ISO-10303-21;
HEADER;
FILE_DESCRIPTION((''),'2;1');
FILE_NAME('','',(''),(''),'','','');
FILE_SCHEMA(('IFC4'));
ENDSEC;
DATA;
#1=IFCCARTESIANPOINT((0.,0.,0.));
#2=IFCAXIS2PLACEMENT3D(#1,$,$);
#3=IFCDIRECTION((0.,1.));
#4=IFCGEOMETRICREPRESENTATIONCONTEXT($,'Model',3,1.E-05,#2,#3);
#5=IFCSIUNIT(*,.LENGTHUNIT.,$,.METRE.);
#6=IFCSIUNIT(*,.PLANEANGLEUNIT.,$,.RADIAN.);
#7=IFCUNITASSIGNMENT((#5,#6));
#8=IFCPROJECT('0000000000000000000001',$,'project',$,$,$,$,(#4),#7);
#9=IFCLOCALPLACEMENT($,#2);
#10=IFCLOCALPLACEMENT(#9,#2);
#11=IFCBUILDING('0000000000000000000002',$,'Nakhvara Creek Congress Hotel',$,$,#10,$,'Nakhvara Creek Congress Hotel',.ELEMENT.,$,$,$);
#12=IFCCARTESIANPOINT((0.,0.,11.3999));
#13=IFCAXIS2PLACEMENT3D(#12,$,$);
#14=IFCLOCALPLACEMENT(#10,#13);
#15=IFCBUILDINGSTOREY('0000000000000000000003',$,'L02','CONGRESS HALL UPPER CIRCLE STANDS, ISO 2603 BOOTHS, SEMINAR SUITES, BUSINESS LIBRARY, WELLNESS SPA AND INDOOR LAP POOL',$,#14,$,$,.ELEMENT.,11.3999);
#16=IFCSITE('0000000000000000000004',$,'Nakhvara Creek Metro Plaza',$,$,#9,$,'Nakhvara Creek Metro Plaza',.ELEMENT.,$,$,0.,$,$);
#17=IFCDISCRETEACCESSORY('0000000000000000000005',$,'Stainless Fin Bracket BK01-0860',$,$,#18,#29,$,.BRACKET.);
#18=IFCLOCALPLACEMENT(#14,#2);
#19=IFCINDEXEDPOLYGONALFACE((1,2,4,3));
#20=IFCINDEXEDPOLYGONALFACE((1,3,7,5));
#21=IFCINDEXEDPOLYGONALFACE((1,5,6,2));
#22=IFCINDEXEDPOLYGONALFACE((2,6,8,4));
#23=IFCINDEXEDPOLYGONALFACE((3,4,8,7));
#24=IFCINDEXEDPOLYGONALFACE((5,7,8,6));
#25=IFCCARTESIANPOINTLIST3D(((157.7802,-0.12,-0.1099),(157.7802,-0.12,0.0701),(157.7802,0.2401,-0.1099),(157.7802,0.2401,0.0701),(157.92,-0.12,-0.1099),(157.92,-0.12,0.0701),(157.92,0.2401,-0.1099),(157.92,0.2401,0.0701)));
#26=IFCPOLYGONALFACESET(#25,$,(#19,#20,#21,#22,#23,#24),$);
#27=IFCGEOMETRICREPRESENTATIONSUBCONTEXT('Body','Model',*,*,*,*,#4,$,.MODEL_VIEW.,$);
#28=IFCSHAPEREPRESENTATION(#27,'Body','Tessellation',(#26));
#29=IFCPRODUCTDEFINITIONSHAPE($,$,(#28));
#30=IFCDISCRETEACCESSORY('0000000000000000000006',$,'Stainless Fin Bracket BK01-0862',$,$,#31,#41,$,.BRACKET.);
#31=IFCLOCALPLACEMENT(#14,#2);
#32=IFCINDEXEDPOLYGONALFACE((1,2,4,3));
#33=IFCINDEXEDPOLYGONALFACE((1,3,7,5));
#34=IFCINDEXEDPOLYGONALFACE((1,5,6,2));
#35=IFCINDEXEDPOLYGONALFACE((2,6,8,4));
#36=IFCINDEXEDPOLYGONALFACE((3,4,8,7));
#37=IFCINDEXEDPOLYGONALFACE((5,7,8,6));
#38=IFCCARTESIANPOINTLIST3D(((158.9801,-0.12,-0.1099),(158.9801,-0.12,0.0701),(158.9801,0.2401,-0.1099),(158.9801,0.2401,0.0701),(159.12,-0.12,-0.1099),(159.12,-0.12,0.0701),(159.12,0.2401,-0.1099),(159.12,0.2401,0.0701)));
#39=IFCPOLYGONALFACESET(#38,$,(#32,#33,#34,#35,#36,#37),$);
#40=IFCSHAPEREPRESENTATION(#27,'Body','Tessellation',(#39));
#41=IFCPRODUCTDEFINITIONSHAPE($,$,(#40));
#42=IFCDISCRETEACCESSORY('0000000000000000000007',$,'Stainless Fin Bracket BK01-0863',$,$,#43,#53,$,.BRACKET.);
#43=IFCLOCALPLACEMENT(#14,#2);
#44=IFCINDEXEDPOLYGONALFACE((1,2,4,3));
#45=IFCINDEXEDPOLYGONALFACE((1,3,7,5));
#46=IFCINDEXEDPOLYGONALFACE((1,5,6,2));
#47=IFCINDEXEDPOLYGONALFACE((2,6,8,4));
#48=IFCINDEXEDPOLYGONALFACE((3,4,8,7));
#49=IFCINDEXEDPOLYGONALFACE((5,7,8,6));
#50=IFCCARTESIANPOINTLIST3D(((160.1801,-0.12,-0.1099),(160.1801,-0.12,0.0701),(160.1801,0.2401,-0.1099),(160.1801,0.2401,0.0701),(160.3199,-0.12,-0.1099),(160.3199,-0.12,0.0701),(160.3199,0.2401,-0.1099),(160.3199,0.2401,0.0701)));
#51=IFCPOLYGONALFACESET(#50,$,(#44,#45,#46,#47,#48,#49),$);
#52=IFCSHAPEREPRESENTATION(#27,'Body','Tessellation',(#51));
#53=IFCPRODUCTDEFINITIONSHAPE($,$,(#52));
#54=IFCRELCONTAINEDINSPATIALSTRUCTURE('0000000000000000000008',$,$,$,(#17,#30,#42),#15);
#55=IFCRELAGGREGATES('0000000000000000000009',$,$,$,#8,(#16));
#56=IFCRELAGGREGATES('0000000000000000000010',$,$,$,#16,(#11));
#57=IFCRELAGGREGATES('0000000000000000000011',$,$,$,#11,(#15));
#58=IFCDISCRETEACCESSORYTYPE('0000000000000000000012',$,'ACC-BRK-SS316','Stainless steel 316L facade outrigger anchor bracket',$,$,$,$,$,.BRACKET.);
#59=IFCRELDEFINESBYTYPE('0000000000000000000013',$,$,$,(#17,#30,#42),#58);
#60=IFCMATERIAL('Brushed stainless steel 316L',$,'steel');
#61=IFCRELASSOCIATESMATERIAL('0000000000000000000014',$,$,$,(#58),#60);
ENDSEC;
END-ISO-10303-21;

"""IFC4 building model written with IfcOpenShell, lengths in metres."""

from ifc_helpers import new_model, si_unit, direction, frame, origin, origin_2d, place, context, subcontext, project, spatial, rectangle, extrude, material, type_object, element, save


model = new_model("IFC4")

# Units and contexts
model_context = context("Model", 3, precision=1e-05, world=origin(), true_north=direction((0.0, 1.0)))
body_context = subcontext(model_context, "Body", "Model", "MODEL_VIEW")
ifc_project = project(units=[si_unit("LENGTHUNIT", "METRE"), si_unit("PLANEANGLEUNIT", "RADIAN")], contexts=[model_context])

# Site, building, storey
site_placement = place(None, origin())
site = spatial("IfcSite", under=ifc_project, at=site_placement, Name="Nakhvara Creek Metro Plaza", LongName="Nakhvara Creek Metro Plaza", CompositionType="ELEMENT", RefElevation=0.0)
building_placement = place(site_placement, origin())
building = spatial("IfcBuilding", under=site, at=building_placement, Name="Nakhvara Creek Congress Hotel", LongName="Nakhvara Creek Congress Hotel", CompositionType="ELEMENT")
storey_placement = place(building_placement, frame((0.0, 0.0, 11.3999)))
storey = spatial("IfcBuildingStorey", under=building, at=storey_placement, Name="L02", Description="CONGRESS HALL UPPER CIRCLE STANDS, ISO 2603 BOOTHS, SEMINAR SUITES, BUSINESS LIBRARY, WELLNESS SPA AND INDOOR LAP POOL", CompositionType="ELEMENT", Elevation=11.3999)

# Shared definitions
ifc_material_1 = material(Name="Brushed stainless steel 316L", Category="steel")

# Discrete accessories
discrete_accessory_type = type_object("IfcDiscreteAccessoryType", Name="ACC-BRK-SS316", Description="Stainless steel 316L facade outrigger anchor bracket", PredefinedType="BRACKET", material=ifc_material_1)
for number, where, z_axis, x_axis, name in (
    (1, (157.8501, 0.0601, -0.1099), (0.0, 0.0, 1.0), (1.0, 0.0, 0.0), "Stainless Fin Bracket BK01-0860"),
    (2, (159.05, 0.0601, -0.1099), (0.0, 0.0, 1.0), (1.0, 0.0, 0.0), "Stainless Fin Bracket BK01-0862"),
    (3, (160.25, 0.0601, -0.1099), (0.0, 0.0, 1.0), (1.0, 0.0, 0.0), "Stainless Fin Bracket BK01-0863"),
):
    element("IfcDiscreteAccessory", number, at=place(storey_placement, frame(where, z_axis=z_axis, x_axis=x_axis)), inside=storey, type_object=discrete_accessory_type, Name=name, PredefinedType="BRACKET", context=body_context, shape_type="SweptSolid", body=[
        extrude(rectangle(XDim=0.1399, YDim=0.3601, at=origin_2d()), origin(), (0.0, 0.0, 1.0), 0.1799),
    ])

save(model, "model.ifc")
